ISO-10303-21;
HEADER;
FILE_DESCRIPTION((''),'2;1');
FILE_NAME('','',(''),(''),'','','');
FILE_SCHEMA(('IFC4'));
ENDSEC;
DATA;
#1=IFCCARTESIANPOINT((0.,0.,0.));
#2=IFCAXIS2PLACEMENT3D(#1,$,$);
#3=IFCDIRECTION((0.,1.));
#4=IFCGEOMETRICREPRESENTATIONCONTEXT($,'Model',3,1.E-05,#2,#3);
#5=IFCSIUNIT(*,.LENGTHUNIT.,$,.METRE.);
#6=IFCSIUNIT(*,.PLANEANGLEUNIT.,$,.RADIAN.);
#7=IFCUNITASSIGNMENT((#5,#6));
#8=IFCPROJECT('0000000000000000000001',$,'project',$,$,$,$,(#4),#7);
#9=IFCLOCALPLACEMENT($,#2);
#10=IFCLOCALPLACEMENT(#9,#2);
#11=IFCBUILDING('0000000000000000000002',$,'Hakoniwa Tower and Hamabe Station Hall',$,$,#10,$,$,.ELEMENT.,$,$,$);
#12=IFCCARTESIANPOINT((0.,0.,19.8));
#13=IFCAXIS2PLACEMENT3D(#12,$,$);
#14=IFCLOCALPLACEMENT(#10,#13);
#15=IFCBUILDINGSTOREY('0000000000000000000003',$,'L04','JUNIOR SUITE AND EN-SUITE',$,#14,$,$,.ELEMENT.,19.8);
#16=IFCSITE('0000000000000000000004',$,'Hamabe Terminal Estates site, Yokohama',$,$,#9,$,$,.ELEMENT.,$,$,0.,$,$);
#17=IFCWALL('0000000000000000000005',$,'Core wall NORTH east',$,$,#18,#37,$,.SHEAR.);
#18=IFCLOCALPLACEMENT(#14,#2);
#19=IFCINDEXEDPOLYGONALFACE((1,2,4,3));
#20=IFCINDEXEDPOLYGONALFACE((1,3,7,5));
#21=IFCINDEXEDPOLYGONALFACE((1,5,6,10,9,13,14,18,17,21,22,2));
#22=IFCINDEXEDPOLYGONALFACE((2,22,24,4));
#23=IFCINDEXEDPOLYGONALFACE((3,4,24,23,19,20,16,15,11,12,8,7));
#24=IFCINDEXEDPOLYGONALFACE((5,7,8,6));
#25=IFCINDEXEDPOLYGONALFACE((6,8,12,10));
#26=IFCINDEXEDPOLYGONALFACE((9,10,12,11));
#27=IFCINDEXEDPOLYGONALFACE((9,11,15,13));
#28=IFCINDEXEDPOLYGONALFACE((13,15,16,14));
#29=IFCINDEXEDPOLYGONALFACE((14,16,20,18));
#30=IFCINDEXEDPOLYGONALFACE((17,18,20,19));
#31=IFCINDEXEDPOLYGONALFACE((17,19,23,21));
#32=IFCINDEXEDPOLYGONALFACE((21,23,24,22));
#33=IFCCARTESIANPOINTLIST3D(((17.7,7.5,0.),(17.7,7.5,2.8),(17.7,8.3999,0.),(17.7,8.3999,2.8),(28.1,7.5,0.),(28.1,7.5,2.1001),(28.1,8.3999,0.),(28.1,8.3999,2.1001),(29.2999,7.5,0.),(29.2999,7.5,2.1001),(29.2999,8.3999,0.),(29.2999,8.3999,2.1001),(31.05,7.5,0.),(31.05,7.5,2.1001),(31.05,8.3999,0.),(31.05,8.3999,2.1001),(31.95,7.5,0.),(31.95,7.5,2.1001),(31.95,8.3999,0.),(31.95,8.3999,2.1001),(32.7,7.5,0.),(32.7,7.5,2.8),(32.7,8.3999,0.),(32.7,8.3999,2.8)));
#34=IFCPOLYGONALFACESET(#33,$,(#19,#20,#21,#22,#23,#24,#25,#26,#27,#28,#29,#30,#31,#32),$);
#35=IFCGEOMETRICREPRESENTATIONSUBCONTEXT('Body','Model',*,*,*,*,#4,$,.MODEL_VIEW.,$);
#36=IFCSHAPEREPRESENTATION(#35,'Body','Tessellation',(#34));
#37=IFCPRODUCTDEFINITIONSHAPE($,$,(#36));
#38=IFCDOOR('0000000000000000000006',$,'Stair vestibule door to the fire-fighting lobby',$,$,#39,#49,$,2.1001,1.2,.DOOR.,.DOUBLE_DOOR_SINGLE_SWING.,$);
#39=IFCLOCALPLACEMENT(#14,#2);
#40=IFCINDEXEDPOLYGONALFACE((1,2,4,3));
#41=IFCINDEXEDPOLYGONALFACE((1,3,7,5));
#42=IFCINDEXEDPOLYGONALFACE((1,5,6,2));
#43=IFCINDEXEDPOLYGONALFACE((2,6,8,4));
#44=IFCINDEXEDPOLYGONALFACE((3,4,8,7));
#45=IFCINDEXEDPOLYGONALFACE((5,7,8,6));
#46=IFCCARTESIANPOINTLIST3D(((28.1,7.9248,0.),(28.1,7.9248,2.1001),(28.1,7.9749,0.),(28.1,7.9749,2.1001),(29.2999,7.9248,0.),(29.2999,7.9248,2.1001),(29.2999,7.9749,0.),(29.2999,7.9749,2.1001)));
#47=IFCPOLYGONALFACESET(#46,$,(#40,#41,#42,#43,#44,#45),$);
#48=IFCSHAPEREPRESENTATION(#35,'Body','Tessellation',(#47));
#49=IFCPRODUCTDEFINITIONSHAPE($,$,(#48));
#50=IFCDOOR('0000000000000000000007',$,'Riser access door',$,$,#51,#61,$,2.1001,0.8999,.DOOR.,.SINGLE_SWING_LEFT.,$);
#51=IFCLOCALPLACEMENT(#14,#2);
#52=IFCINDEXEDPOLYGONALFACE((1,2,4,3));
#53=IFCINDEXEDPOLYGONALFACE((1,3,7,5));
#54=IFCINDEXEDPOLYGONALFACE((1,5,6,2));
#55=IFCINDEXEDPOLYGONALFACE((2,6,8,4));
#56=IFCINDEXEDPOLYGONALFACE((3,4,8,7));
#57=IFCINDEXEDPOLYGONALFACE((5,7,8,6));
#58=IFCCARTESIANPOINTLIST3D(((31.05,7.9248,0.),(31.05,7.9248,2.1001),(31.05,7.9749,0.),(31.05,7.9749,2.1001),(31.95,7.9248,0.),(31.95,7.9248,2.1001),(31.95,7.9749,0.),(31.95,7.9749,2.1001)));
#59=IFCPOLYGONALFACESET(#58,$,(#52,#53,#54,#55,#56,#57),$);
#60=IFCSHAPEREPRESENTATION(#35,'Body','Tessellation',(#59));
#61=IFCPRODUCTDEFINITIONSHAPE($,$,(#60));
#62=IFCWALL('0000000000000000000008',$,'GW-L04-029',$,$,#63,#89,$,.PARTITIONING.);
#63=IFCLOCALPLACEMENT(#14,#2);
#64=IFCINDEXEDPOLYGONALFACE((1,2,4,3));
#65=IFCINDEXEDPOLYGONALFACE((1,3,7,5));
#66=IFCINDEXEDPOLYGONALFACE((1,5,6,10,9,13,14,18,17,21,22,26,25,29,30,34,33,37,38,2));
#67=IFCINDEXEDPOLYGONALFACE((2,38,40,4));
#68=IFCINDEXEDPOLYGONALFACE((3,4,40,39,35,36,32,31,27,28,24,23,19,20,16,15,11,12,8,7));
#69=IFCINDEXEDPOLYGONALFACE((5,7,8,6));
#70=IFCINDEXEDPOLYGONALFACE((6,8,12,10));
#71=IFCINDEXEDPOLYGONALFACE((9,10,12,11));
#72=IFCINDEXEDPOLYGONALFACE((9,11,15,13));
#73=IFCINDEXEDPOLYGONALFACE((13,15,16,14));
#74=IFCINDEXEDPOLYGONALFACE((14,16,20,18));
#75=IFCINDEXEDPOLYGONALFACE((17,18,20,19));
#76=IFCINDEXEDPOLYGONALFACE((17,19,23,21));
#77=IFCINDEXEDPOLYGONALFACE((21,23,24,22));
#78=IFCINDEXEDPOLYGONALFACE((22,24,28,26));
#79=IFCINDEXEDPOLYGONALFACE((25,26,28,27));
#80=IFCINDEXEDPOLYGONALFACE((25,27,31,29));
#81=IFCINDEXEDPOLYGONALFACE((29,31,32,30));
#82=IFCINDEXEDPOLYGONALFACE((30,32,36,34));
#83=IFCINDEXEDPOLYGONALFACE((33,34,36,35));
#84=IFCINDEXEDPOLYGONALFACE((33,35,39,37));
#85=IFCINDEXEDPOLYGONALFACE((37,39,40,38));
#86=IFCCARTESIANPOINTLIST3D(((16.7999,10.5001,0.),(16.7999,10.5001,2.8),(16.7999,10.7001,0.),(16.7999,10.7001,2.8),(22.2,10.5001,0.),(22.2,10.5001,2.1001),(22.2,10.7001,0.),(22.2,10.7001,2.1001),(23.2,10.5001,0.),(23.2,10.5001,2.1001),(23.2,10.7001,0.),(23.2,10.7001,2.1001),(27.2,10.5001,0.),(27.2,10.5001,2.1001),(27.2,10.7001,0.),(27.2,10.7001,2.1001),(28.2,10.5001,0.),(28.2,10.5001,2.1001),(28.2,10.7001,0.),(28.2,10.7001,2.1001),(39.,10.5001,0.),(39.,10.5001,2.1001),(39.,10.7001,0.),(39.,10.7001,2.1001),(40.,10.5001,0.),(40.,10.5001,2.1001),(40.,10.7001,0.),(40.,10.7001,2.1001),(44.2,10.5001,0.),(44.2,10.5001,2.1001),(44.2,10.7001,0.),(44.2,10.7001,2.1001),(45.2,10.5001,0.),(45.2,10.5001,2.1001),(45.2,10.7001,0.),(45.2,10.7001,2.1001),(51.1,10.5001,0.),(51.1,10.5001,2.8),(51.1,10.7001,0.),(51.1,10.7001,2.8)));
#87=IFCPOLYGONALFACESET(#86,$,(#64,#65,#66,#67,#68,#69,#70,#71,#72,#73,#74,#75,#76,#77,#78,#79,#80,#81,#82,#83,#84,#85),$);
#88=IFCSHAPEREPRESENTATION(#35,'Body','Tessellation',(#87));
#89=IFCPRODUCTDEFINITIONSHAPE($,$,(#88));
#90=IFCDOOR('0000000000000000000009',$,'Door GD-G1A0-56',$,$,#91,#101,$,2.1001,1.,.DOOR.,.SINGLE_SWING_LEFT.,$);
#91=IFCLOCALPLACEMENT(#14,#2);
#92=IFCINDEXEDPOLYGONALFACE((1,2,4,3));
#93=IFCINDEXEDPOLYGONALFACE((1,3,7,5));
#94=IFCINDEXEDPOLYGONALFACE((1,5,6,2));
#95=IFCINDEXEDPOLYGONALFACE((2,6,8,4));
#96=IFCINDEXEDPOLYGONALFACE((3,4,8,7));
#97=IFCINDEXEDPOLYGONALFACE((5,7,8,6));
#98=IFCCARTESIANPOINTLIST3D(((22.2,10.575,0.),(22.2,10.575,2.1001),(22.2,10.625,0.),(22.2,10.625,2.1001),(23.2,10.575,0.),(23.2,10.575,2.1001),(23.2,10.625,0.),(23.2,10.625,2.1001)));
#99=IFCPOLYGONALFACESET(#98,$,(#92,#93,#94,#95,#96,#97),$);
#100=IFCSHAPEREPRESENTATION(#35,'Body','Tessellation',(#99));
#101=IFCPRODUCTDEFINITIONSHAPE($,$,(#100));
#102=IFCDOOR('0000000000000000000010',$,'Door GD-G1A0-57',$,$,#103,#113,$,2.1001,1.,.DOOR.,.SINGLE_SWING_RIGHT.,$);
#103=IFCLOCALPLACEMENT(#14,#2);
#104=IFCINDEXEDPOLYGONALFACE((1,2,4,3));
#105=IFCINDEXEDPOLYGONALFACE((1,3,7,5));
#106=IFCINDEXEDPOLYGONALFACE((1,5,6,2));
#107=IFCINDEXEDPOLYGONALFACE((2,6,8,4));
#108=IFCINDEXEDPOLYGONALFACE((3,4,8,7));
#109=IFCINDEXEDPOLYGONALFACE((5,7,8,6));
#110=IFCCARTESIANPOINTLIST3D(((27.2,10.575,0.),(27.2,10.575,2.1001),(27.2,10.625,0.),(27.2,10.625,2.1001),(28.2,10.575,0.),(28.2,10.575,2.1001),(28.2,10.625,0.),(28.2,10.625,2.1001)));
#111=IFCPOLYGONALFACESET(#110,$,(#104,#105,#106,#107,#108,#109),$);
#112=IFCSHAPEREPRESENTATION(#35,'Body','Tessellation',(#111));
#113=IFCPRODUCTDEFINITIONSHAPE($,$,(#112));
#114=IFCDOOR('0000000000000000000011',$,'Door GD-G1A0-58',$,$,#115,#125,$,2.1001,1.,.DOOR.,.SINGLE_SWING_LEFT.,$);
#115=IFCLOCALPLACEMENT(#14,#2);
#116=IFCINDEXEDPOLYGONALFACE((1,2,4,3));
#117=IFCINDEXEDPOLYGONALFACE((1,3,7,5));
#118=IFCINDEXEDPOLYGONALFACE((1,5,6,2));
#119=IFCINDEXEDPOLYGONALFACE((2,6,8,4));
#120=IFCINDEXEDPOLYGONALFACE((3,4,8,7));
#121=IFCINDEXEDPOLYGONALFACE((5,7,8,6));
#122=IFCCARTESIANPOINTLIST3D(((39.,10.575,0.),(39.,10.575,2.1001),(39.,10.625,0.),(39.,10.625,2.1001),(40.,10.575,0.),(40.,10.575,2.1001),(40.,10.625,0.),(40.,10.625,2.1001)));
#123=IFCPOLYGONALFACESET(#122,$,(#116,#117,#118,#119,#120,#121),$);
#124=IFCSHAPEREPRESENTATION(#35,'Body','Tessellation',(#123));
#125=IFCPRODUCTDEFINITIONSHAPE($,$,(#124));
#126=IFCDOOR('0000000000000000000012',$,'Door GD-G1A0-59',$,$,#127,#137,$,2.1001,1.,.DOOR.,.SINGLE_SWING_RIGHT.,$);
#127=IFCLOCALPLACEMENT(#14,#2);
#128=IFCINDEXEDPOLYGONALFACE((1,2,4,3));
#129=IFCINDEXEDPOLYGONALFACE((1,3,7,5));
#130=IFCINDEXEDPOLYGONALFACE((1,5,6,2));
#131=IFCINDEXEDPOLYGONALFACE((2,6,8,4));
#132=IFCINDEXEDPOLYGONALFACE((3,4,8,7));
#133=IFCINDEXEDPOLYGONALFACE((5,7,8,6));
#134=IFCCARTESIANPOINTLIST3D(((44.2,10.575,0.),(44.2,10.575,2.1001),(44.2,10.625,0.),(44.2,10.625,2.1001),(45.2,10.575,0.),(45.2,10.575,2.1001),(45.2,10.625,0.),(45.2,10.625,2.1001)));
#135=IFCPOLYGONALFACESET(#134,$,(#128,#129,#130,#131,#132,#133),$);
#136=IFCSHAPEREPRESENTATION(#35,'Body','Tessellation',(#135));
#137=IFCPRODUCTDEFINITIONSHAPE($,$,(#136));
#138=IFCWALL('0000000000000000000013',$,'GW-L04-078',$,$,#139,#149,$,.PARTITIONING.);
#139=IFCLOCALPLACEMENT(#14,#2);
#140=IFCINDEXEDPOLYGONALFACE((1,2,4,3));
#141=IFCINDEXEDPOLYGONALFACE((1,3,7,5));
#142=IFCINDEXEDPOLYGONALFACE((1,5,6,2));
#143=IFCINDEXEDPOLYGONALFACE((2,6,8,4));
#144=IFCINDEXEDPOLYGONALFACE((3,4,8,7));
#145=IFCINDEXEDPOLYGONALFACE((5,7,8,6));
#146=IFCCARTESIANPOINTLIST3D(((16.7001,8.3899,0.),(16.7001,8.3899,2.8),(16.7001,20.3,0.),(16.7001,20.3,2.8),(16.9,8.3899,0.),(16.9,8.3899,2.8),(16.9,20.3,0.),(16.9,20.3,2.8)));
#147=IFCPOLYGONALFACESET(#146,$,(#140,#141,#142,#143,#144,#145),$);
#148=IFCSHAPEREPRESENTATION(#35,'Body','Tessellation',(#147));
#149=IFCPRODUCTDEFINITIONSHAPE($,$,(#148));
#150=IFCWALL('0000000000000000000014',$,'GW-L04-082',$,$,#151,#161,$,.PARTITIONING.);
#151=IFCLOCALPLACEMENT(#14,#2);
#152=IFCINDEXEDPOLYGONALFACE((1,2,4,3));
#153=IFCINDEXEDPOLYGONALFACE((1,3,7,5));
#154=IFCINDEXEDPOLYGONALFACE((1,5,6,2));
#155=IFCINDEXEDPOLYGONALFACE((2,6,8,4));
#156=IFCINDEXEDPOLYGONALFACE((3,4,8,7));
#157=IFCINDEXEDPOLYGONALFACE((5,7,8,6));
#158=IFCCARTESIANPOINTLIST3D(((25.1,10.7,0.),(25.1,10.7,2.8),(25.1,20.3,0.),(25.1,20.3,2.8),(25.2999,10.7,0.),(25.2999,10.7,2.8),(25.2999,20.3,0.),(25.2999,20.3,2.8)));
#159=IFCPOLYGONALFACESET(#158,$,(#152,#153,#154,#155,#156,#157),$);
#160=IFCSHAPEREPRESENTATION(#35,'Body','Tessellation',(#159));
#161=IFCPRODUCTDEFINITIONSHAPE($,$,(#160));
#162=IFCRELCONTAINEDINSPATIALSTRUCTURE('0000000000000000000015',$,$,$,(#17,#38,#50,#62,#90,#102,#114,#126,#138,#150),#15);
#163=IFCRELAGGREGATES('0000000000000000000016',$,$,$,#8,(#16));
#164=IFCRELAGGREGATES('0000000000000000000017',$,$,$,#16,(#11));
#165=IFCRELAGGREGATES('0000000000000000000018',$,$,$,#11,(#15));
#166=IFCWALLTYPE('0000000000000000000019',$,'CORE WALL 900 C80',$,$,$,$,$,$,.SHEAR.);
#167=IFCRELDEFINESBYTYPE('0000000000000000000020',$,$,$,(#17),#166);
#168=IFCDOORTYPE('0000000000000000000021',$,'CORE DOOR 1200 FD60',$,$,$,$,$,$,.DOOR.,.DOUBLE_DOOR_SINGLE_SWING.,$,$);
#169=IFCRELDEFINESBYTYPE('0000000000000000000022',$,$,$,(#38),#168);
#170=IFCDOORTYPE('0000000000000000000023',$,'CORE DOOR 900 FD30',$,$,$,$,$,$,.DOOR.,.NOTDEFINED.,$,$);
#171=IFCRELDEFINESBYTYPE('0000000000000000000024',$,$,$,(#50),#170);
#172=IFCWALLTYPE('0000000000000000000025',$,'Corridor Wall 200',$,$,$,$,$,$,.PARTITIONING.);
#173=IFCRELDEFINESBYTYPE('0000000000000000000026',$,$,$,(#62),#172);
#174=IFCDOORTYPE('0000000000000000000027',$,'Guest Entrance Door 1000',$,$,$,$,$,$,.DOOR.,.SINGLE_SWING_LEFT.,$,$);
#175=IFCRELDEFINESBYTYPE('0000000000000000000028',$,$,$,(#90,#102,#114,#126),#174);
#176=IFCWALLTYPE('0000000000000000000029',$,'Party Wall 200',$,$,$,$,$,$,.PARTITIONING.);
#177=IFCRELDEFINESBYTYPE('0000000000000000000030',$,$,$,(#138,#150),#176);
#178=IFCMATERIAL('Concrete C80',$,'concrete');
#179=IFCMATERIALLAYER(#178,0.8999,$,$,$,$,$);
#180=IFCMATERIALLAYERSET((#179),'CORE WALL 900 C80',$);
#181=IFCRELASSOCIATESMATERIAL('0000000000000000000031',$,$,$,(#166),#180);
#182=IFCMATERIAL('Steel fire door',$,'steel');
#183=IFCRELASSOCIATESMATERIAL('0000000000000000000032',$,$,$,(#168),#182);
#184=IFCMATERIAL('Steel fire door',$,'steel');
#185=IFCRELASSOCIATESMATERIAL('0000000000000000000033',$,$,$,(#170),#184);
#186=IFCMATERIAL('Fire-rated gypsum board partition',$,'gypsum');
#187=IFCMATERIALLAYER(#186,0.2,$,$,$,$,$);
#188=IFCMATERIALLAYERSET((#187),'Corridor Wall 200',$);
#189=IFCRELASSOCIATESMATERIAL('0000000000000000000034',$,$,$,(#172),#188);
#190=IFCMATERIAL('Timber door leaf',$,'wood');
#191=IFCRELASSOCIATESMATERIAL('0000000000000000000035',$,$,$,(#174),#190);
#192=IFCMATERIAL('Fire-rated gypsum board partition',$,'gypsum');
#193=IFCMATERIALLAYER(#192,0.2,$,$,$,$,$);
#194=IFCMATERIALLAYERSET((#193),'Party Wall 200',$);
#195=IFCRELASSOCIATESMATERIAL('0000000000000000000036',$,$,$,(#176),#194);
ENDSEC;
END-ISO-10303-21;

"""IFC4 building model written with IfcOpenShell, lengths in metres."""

from ifc_helpers import new_model, si_unit, direction, frame, frame_2d, origin, place, context, subcontext, project, spatial, rectangle, extrude, material, layer, layer_set, type_object, element, fill, save


model = new_model("IFC4")

# Units and contexts
model_context = context("Model", 3, precision=1e-05, world=origin(), true_north=direction((0.0, 1.0)))
body_context = subcontext(model_context, "Body", "Model", "MODEL_VIEW")
ifc_project = project(units=[si_unit("LENGTHUNIT", "METRE"), si_unit("PLANEANGLEUNIT", "RADIAN")], contexts=[model_context])

# Site, building, storey
site_placement = place(None, origin())
site = spatial("IfcSite", under=ifc_project, at=site_placement, Name="Hamabe Terminal Estates site, Yokohama", CompositionType="ELEMENT", RefElevation=0.0)
building_placement = place(site_placement, origin())
building = spatial("IfcBuilding", under=site, at=building_placement, Name="Hakoniwa Tower and Hamabe Station Hall", CompositionType="ELEMENT")
storey_placement = place(building_placement, frame((0.0, 0.0, 19.8)))
storey = spatial("IfcBuildingStorey", under=building, at=storey_placement, Name="L04", Description="JUNIOR SUITE AND EN-SUITE", CompositionType="ELEMENT", Elevation=19.8)

# Walls, openings, doors
ifc_material_1 = material(Name="Concrete C80", Category="concrete")
ifc_layer_1 = layer(ifc_material_1, 0.8999)
ifc_layer_set_1 = layer_set([ifc_layer_1], Name="CORE WALL 900 C80")
wall_type_1 = type_object("IfcWallType", Name="CORE WALL 900 C80", PredefinedType="SHEAR", material=ifc_layer_set_1)
wall_1_placement = place(storey_placement, frame((17.7, 7.95, 0.0), z_axis=(0.0, 0.0, 1.0), x_axis=(1.0, 0.0, 0.0)))
wall_1 = element("IfcWall", 1, at=wall_1_placement, inside=storey, type_object=wall_type_1, Name="Core wall NORTH east", PredefinedType="SHEAR", context=body_context, shape_type="SweptSolid", body=[
    extrude(rectangle(XDim=15.0, YDim=0.8999, at=frame_2d((7.5, 0.0))), origin(), (0.0, 0.0, 1.0), 2.8),
])
opening_1_placement = place(wall_1_placement, frame((10.3999, 0.0, 0.0)))
opening_1 = element("IfcOpeningElement", 2, at=opening_1_placement, cuts=wall_1, PredefinedType="OPENING", context=body_context, shape_type="SweptSolid", body=[
    extrude(rectangle(XDim=1.2, YDim=2.1001, at=frame_2d((0.6001, 1.05))), frame((0.0, 0.46, 0.0), z_axis=(0.0, -1.0, 0.0), x_axis=(1.0, 0.0, 0.0)), (0.0, 0.0, 1.0), 0.9199),
])
opening_2_placement = place(wall_1_placement, frame((13.3501, 0.0, 0.0)))
opening_2 = element("IfcOpeningElement", 3, at=opening_2_placement, cuts=wall_1, PredefinedType="OPENING", context=body_context, shape_type="SweptSolid", body=[
    extrude(rectangle(XDim=0.8999, YDim=2.1001, at=frame_2d((0.45, 1.05))), frame((0.0, 0.46, 0.0), z_axis=(0.0, -1.0, 0.0), x_axis=(1.0, 0.0, 0.0)), (0.0, 0.0, 1.0), 0.9199),
])
ifc_material_2 = material(Name="Steel fire door", Category="steel")
door_type_1 = type_object("IfcDoorType", Name="CORE DOOR 1200 FD60", OperationType="DOUBLE_DOOR_SINGLE_SWING", PredefinedType="DOOR", material=ifc_material_2)
door_1_placement = place(opening_1_placement, origin())
door_1 = element("IfcDoor", 4, at=door_1_placement, inside=storey, type_object=door_type_1, Name="Stair vestibule door to the fire-fighting lobby", OperationType="DOUBLE_DOOR_SINGLE_SWING", OverallHeight=2.1001, OverallWidth=1.2, PredefinedType="DOOR", context=body_context, shape_type="SweptSolid", body=[
    extrude(rectangle(XDim=1.2, YDim=2.1001, at=frame_2d((0.6001, 1.05))), frame((0.0, 0.0249, 0.0), z_axis=(0.0, -1.0, 0.0), x_axis=(1.0, 0.0, 0.0)), (0.0, 0.0, 1.0), 0.05),
])
fill(opening_1, door_1)
ifc_material_3 = material(Name="Steel fire door", Category="steel")
door_type_2 = type_object("IfcDoorType", Name="CORE DOOR 900 FD30", OperationType="NOTDEFINED", PredefinedType="DOOR", material=ifc_material_3)
door_2_placement = place(opening_2_placement, origin())
door_2 = element("IfcDoor", 5, at=door_2_placement, inside=storey, type_object=door_type_2, Name="Riser access door", OperationType="SINGLE_SWING_LEFT", OverallHeight=2.1001, OverallWidth=0.8999, PredefinedType="DOOR", context=body_context, shape_type="SweptSolid", body=[
    extrude(rectangle(XDim=0.8999, YDim=2.1001, at=frame_2d((0.45, 1.05))), frame((0.0, 0.0249, 0.0), z_axis=(0.0, -1.0, 0.0), x_axis=(1.0, 0.0, 0.0)), (0.0, 0.0, 1.0), 0.05),
])
fill(opening_2, door_2)
ifc_material_4 = material(Name="Fire-rated gypsum board partition", Category="gypsum")
ifc_layer_2 = layer(ifc_material_4, 0.2)
ifc_layer_set_2 = layer_set([ifc_layer_2], Name="Corridor Wall 200")
wall_type_2 = type_object("IfcWallType", Name="Corridor Wall 200", PredefinedType="PARTITIONING", material=ifc_layer_set_2)
wall_2_placement = place(storey_placement, frame((16.8, 10.6001, 0.0), z_axis=(0.0, 0.0, 1.0), x_axis=(1.0, 0.0, 0.0)))
wall_2 = element("IfcWall", 6, at=wall_2_placement, inside=storey, type_object=wall_type_2, Name="GW-L04-029", PredefinedType="PARTITIONING", context=body_context, shape_type="SweptSolid", body=[
    extrude(rectangle(XDim=34.3, YDim=0.2, at=frame_2d((17.1499, 0.0))), origin(), (0.0, 0.0, 1.0), 2.8),
])
opening_3_placement = place(wall_2_placement, frame((5.3999, 0.0, 0.0)))
opening_3 = element("IfcOpeningElement", 7, at=opening_3_placement, cuts=wall_2, PredefinedType="OPENING", context=body_context, shape_type="SweptSolid", body=[
    extrude(rectangle(XDim=1.0, YDim=2.1001, at=frame_2d((0.5, 1.05))), frame((0.0, 0.1099, 0.0), z_axis=(0.0, -1.0, 0.0), x_axis=(1.0, 0.0, 0.0)), (0.0, 0.0, 1.0), 0.22),
])
opening_4_placement = place(wall_2_placement, frame((10.3999, 0.0, 0.0)))
opening_4 = element("IfcOpeningElement", 8, at=opening_4_placement, cuts=wall_2, PredefinedType="OPENING", context=body_context, shape_type="SweptSolid", body=[
    extrude(rectangle(XDim=1.0, YDim=2.1001, at=frame_2d((0.5, 1.05))), frame((0.0, 0.1099, 0.0), z_axis=(0.0, -1.0, 0.0), x_axis=(1.0, 0.0, 0.0)), (0.0, 0.0, 1.0), 0.22),
])
opening_5_placement = place(wall_2_placement, frame((22.2, 0.0, 0.0)))
opening_5 = element("IfcOpeningElement", 9, at=opening_5_placement, cuts=wall_2, PredefinedType="OPENING", context=body_context, shape_type="SweptSolid", body=[
    extrude(rectangle(XDim=1.0, YDim=2.1001, at=frame_2d((0.5, 1.05))), frame((0.0, 0.1099, 0.0), z_axis=(0.0, -1.0, 0.0), x_axis=(1.0, 0.0, 0.0)), (0.0, 0.0, 1.0), 0.22),
])
opening_6_placement = place(wall_2_placement, frame((27.3999, 0.0, 0.0)))
opening_6 = element("IfcOpeningElement", 10, at=opening_6_placement, cuts=wall_2, PredefinedType="OPENING", context=body_context, shape_type="SweptSolid", body=[
    extrude(rectangle(XDim=1.0, YDim=2.1001, at=frame_2d((0.5, 1.05))), frame((0.0, 0.1099, 0.0), z_axis=(0.0, -1.0, 0.0), x_axis=(1.0, 0.0, 0.0)), (0.0, 0.0, 1.0), 0.22),
])
ifc_material_5 = material(Name="Timber door leaf", Category="wood")
door_type_3 = type_object("IfcDoorType", Name="Guest Entrance Door 1000", OperationType="SINGLE_SWING_LEFT", PredefinedType="DOOR", material=ifc_material_5)
door_3_placement = place(opening_3_placement, origin())
door_3 = element("IfcDoor", 11, at=door_3_placement, inside=storey, type_object=door_type_3, Name="Door GD-G1A0-56", OperationType="SINGLE_SWING_LEFT", OverallHeight=2.1001, OverallWidth=1.0, PredefinedType="DOOR", context=body_context, shape_type="SweptSolid", body=[
    extrude(rectangle(XDim=1.0, YDim=2.1001, at=frame_2d((0.5, 1.05))), frame((0.0, 0.0249, 0.0), z_axis=(0.0, -1.0, 0.0), x_axis=(1.0, 0.0, 0.0)), (0.0, 0.0, 1.0), 0.05),
])
fill(opening_3, door_3)
door_4_placement = place(opening_4_placement, origin())
door_4 = element("IfcDoor", 12, at=door_4_placement, inside=storey, type_object=door_type_3, Name="Door GD-G1A0-57", OperationType="SINGLE_SWING_RIGHT", OverallHeight=2.1001, OverallWidth=1.0, PredefinedType="DOOR", context=body_context, shape_type="SweptSolid", body=[
    extrude(rectangle(XDim=1.0, YDim=2.1001, at=frame_2d((0.5, 1.05))), frame((0.0, 0.0249, 0.0), z_axis=(0.0, -1.0, 0.0), x_axis=(1.0, 0.0, 0.0)), (0.0, 0.0, 1.0), 0.05),
])
fill(opening_4, door_4)
door_5_placement = place(opening_5_placement, origin())
door_5 = element("IfcDoor", 13, at=door_5_placement, inside=storey, type_object=door_type_3, Name="Door GD-G1A0-58", OperationType="SINGLE_SWING_LEFT", OverallHeight=2.1001, OverallWidth=1.0, PredefinedType="DOOR", context=body_context, shape_type="SweptSolid", body=[
    extrude(rectangle(XDim=1.0, YDim=2.1001, at=frame_2d((0.5, 1.05))), frame((0.0, 0.0249, 0.0), z_axis=(0.0, -1.0, 0.0), x_axis=(1.0, 0.0, 0.0)), (0.0, 0.0, 1.0), 0.05),
])
fill(opening_5, door_5)
door_6_placement = place(opening_6_placement, origin())
door_6 = element("IfcDoor", 14, at=door_6_placement, inside=storey, type_object=door_type_3, Name="Door GD-G1A0-59", OperationType="SINGLE_SWING_RIGHT", OverallHeight=2.1001, OverallWidth=1.0, PredefinedType="DOOR", context=body_context, shape_type="SweptSolid", body=[
    extrude(rectangle(XDim=1.0, YDim=2.1001, at=frame_2d((0.5, 1.05))), frame((0.0, 0.0249, 0.0), z_axis=(0.0, -1.0, 0.0), x_axis=(1.0, 0.0, 0.0)), (0.0, 0.0, 1.0), 0.05),
])
fill(opening_6, door_6)

# Walls
ifc_material_6 = material(Name="Fire-rated gypsum board partition", Category="gypsum")
ifc_layer_3 = layer(ifc_material_6, 0.2)
ifc_layer_set_3 = layer_set([ifc_layer_3], Name="Party Wall 200")
wall_type_3 = type_object("IfcWallType", Name="Party Wall 200", PredefinedType="PARTITIONING", material=ifc_layer_set_3)
wall_3_placement = place(storey_placement, frame((16.8, 8.3899, 0.0), z_axis=(0.0, 0.0, 1.0), x_axis=(0.0, 1.0, 0.0)))
element("IfcWall", 15, at=wall_3_placement, inside=storey, type_object=wall_type_3, Name="GW-L04-078", PredefinedType="PARTITIONING", context=body_context, shape_type="SweptSolid", body=[
    extrude(rectangle(XDim=11.9102, YDim=0.2, at=frame_2d((5.9551, 0.0))), origin(), (0.0, 0.0, 1.0), 2.8),
])
wall_4_placement = place(storey_placement, frame((25.2, 10.7, 0.0), z_axis=(0.0, 0.0, 1.0), x_axis=(0.0, 1.0, 0.0)))
element("IfcWall", 16, at=wall_4_placement, inside=storey, type_object=wall_type_3, Name="GW-L04-082", PredefinedType="PARTITIONING", context=body_context, shape_type="SweptSolid", body=[
    extrude(rectangle(XDim=9.6001, YDim=0.2, at=frame_2d((4.8, 0.0))), origin(), (0.0, 0.0, 1.0), 2.8),
])

save(model, "model.ifc")
